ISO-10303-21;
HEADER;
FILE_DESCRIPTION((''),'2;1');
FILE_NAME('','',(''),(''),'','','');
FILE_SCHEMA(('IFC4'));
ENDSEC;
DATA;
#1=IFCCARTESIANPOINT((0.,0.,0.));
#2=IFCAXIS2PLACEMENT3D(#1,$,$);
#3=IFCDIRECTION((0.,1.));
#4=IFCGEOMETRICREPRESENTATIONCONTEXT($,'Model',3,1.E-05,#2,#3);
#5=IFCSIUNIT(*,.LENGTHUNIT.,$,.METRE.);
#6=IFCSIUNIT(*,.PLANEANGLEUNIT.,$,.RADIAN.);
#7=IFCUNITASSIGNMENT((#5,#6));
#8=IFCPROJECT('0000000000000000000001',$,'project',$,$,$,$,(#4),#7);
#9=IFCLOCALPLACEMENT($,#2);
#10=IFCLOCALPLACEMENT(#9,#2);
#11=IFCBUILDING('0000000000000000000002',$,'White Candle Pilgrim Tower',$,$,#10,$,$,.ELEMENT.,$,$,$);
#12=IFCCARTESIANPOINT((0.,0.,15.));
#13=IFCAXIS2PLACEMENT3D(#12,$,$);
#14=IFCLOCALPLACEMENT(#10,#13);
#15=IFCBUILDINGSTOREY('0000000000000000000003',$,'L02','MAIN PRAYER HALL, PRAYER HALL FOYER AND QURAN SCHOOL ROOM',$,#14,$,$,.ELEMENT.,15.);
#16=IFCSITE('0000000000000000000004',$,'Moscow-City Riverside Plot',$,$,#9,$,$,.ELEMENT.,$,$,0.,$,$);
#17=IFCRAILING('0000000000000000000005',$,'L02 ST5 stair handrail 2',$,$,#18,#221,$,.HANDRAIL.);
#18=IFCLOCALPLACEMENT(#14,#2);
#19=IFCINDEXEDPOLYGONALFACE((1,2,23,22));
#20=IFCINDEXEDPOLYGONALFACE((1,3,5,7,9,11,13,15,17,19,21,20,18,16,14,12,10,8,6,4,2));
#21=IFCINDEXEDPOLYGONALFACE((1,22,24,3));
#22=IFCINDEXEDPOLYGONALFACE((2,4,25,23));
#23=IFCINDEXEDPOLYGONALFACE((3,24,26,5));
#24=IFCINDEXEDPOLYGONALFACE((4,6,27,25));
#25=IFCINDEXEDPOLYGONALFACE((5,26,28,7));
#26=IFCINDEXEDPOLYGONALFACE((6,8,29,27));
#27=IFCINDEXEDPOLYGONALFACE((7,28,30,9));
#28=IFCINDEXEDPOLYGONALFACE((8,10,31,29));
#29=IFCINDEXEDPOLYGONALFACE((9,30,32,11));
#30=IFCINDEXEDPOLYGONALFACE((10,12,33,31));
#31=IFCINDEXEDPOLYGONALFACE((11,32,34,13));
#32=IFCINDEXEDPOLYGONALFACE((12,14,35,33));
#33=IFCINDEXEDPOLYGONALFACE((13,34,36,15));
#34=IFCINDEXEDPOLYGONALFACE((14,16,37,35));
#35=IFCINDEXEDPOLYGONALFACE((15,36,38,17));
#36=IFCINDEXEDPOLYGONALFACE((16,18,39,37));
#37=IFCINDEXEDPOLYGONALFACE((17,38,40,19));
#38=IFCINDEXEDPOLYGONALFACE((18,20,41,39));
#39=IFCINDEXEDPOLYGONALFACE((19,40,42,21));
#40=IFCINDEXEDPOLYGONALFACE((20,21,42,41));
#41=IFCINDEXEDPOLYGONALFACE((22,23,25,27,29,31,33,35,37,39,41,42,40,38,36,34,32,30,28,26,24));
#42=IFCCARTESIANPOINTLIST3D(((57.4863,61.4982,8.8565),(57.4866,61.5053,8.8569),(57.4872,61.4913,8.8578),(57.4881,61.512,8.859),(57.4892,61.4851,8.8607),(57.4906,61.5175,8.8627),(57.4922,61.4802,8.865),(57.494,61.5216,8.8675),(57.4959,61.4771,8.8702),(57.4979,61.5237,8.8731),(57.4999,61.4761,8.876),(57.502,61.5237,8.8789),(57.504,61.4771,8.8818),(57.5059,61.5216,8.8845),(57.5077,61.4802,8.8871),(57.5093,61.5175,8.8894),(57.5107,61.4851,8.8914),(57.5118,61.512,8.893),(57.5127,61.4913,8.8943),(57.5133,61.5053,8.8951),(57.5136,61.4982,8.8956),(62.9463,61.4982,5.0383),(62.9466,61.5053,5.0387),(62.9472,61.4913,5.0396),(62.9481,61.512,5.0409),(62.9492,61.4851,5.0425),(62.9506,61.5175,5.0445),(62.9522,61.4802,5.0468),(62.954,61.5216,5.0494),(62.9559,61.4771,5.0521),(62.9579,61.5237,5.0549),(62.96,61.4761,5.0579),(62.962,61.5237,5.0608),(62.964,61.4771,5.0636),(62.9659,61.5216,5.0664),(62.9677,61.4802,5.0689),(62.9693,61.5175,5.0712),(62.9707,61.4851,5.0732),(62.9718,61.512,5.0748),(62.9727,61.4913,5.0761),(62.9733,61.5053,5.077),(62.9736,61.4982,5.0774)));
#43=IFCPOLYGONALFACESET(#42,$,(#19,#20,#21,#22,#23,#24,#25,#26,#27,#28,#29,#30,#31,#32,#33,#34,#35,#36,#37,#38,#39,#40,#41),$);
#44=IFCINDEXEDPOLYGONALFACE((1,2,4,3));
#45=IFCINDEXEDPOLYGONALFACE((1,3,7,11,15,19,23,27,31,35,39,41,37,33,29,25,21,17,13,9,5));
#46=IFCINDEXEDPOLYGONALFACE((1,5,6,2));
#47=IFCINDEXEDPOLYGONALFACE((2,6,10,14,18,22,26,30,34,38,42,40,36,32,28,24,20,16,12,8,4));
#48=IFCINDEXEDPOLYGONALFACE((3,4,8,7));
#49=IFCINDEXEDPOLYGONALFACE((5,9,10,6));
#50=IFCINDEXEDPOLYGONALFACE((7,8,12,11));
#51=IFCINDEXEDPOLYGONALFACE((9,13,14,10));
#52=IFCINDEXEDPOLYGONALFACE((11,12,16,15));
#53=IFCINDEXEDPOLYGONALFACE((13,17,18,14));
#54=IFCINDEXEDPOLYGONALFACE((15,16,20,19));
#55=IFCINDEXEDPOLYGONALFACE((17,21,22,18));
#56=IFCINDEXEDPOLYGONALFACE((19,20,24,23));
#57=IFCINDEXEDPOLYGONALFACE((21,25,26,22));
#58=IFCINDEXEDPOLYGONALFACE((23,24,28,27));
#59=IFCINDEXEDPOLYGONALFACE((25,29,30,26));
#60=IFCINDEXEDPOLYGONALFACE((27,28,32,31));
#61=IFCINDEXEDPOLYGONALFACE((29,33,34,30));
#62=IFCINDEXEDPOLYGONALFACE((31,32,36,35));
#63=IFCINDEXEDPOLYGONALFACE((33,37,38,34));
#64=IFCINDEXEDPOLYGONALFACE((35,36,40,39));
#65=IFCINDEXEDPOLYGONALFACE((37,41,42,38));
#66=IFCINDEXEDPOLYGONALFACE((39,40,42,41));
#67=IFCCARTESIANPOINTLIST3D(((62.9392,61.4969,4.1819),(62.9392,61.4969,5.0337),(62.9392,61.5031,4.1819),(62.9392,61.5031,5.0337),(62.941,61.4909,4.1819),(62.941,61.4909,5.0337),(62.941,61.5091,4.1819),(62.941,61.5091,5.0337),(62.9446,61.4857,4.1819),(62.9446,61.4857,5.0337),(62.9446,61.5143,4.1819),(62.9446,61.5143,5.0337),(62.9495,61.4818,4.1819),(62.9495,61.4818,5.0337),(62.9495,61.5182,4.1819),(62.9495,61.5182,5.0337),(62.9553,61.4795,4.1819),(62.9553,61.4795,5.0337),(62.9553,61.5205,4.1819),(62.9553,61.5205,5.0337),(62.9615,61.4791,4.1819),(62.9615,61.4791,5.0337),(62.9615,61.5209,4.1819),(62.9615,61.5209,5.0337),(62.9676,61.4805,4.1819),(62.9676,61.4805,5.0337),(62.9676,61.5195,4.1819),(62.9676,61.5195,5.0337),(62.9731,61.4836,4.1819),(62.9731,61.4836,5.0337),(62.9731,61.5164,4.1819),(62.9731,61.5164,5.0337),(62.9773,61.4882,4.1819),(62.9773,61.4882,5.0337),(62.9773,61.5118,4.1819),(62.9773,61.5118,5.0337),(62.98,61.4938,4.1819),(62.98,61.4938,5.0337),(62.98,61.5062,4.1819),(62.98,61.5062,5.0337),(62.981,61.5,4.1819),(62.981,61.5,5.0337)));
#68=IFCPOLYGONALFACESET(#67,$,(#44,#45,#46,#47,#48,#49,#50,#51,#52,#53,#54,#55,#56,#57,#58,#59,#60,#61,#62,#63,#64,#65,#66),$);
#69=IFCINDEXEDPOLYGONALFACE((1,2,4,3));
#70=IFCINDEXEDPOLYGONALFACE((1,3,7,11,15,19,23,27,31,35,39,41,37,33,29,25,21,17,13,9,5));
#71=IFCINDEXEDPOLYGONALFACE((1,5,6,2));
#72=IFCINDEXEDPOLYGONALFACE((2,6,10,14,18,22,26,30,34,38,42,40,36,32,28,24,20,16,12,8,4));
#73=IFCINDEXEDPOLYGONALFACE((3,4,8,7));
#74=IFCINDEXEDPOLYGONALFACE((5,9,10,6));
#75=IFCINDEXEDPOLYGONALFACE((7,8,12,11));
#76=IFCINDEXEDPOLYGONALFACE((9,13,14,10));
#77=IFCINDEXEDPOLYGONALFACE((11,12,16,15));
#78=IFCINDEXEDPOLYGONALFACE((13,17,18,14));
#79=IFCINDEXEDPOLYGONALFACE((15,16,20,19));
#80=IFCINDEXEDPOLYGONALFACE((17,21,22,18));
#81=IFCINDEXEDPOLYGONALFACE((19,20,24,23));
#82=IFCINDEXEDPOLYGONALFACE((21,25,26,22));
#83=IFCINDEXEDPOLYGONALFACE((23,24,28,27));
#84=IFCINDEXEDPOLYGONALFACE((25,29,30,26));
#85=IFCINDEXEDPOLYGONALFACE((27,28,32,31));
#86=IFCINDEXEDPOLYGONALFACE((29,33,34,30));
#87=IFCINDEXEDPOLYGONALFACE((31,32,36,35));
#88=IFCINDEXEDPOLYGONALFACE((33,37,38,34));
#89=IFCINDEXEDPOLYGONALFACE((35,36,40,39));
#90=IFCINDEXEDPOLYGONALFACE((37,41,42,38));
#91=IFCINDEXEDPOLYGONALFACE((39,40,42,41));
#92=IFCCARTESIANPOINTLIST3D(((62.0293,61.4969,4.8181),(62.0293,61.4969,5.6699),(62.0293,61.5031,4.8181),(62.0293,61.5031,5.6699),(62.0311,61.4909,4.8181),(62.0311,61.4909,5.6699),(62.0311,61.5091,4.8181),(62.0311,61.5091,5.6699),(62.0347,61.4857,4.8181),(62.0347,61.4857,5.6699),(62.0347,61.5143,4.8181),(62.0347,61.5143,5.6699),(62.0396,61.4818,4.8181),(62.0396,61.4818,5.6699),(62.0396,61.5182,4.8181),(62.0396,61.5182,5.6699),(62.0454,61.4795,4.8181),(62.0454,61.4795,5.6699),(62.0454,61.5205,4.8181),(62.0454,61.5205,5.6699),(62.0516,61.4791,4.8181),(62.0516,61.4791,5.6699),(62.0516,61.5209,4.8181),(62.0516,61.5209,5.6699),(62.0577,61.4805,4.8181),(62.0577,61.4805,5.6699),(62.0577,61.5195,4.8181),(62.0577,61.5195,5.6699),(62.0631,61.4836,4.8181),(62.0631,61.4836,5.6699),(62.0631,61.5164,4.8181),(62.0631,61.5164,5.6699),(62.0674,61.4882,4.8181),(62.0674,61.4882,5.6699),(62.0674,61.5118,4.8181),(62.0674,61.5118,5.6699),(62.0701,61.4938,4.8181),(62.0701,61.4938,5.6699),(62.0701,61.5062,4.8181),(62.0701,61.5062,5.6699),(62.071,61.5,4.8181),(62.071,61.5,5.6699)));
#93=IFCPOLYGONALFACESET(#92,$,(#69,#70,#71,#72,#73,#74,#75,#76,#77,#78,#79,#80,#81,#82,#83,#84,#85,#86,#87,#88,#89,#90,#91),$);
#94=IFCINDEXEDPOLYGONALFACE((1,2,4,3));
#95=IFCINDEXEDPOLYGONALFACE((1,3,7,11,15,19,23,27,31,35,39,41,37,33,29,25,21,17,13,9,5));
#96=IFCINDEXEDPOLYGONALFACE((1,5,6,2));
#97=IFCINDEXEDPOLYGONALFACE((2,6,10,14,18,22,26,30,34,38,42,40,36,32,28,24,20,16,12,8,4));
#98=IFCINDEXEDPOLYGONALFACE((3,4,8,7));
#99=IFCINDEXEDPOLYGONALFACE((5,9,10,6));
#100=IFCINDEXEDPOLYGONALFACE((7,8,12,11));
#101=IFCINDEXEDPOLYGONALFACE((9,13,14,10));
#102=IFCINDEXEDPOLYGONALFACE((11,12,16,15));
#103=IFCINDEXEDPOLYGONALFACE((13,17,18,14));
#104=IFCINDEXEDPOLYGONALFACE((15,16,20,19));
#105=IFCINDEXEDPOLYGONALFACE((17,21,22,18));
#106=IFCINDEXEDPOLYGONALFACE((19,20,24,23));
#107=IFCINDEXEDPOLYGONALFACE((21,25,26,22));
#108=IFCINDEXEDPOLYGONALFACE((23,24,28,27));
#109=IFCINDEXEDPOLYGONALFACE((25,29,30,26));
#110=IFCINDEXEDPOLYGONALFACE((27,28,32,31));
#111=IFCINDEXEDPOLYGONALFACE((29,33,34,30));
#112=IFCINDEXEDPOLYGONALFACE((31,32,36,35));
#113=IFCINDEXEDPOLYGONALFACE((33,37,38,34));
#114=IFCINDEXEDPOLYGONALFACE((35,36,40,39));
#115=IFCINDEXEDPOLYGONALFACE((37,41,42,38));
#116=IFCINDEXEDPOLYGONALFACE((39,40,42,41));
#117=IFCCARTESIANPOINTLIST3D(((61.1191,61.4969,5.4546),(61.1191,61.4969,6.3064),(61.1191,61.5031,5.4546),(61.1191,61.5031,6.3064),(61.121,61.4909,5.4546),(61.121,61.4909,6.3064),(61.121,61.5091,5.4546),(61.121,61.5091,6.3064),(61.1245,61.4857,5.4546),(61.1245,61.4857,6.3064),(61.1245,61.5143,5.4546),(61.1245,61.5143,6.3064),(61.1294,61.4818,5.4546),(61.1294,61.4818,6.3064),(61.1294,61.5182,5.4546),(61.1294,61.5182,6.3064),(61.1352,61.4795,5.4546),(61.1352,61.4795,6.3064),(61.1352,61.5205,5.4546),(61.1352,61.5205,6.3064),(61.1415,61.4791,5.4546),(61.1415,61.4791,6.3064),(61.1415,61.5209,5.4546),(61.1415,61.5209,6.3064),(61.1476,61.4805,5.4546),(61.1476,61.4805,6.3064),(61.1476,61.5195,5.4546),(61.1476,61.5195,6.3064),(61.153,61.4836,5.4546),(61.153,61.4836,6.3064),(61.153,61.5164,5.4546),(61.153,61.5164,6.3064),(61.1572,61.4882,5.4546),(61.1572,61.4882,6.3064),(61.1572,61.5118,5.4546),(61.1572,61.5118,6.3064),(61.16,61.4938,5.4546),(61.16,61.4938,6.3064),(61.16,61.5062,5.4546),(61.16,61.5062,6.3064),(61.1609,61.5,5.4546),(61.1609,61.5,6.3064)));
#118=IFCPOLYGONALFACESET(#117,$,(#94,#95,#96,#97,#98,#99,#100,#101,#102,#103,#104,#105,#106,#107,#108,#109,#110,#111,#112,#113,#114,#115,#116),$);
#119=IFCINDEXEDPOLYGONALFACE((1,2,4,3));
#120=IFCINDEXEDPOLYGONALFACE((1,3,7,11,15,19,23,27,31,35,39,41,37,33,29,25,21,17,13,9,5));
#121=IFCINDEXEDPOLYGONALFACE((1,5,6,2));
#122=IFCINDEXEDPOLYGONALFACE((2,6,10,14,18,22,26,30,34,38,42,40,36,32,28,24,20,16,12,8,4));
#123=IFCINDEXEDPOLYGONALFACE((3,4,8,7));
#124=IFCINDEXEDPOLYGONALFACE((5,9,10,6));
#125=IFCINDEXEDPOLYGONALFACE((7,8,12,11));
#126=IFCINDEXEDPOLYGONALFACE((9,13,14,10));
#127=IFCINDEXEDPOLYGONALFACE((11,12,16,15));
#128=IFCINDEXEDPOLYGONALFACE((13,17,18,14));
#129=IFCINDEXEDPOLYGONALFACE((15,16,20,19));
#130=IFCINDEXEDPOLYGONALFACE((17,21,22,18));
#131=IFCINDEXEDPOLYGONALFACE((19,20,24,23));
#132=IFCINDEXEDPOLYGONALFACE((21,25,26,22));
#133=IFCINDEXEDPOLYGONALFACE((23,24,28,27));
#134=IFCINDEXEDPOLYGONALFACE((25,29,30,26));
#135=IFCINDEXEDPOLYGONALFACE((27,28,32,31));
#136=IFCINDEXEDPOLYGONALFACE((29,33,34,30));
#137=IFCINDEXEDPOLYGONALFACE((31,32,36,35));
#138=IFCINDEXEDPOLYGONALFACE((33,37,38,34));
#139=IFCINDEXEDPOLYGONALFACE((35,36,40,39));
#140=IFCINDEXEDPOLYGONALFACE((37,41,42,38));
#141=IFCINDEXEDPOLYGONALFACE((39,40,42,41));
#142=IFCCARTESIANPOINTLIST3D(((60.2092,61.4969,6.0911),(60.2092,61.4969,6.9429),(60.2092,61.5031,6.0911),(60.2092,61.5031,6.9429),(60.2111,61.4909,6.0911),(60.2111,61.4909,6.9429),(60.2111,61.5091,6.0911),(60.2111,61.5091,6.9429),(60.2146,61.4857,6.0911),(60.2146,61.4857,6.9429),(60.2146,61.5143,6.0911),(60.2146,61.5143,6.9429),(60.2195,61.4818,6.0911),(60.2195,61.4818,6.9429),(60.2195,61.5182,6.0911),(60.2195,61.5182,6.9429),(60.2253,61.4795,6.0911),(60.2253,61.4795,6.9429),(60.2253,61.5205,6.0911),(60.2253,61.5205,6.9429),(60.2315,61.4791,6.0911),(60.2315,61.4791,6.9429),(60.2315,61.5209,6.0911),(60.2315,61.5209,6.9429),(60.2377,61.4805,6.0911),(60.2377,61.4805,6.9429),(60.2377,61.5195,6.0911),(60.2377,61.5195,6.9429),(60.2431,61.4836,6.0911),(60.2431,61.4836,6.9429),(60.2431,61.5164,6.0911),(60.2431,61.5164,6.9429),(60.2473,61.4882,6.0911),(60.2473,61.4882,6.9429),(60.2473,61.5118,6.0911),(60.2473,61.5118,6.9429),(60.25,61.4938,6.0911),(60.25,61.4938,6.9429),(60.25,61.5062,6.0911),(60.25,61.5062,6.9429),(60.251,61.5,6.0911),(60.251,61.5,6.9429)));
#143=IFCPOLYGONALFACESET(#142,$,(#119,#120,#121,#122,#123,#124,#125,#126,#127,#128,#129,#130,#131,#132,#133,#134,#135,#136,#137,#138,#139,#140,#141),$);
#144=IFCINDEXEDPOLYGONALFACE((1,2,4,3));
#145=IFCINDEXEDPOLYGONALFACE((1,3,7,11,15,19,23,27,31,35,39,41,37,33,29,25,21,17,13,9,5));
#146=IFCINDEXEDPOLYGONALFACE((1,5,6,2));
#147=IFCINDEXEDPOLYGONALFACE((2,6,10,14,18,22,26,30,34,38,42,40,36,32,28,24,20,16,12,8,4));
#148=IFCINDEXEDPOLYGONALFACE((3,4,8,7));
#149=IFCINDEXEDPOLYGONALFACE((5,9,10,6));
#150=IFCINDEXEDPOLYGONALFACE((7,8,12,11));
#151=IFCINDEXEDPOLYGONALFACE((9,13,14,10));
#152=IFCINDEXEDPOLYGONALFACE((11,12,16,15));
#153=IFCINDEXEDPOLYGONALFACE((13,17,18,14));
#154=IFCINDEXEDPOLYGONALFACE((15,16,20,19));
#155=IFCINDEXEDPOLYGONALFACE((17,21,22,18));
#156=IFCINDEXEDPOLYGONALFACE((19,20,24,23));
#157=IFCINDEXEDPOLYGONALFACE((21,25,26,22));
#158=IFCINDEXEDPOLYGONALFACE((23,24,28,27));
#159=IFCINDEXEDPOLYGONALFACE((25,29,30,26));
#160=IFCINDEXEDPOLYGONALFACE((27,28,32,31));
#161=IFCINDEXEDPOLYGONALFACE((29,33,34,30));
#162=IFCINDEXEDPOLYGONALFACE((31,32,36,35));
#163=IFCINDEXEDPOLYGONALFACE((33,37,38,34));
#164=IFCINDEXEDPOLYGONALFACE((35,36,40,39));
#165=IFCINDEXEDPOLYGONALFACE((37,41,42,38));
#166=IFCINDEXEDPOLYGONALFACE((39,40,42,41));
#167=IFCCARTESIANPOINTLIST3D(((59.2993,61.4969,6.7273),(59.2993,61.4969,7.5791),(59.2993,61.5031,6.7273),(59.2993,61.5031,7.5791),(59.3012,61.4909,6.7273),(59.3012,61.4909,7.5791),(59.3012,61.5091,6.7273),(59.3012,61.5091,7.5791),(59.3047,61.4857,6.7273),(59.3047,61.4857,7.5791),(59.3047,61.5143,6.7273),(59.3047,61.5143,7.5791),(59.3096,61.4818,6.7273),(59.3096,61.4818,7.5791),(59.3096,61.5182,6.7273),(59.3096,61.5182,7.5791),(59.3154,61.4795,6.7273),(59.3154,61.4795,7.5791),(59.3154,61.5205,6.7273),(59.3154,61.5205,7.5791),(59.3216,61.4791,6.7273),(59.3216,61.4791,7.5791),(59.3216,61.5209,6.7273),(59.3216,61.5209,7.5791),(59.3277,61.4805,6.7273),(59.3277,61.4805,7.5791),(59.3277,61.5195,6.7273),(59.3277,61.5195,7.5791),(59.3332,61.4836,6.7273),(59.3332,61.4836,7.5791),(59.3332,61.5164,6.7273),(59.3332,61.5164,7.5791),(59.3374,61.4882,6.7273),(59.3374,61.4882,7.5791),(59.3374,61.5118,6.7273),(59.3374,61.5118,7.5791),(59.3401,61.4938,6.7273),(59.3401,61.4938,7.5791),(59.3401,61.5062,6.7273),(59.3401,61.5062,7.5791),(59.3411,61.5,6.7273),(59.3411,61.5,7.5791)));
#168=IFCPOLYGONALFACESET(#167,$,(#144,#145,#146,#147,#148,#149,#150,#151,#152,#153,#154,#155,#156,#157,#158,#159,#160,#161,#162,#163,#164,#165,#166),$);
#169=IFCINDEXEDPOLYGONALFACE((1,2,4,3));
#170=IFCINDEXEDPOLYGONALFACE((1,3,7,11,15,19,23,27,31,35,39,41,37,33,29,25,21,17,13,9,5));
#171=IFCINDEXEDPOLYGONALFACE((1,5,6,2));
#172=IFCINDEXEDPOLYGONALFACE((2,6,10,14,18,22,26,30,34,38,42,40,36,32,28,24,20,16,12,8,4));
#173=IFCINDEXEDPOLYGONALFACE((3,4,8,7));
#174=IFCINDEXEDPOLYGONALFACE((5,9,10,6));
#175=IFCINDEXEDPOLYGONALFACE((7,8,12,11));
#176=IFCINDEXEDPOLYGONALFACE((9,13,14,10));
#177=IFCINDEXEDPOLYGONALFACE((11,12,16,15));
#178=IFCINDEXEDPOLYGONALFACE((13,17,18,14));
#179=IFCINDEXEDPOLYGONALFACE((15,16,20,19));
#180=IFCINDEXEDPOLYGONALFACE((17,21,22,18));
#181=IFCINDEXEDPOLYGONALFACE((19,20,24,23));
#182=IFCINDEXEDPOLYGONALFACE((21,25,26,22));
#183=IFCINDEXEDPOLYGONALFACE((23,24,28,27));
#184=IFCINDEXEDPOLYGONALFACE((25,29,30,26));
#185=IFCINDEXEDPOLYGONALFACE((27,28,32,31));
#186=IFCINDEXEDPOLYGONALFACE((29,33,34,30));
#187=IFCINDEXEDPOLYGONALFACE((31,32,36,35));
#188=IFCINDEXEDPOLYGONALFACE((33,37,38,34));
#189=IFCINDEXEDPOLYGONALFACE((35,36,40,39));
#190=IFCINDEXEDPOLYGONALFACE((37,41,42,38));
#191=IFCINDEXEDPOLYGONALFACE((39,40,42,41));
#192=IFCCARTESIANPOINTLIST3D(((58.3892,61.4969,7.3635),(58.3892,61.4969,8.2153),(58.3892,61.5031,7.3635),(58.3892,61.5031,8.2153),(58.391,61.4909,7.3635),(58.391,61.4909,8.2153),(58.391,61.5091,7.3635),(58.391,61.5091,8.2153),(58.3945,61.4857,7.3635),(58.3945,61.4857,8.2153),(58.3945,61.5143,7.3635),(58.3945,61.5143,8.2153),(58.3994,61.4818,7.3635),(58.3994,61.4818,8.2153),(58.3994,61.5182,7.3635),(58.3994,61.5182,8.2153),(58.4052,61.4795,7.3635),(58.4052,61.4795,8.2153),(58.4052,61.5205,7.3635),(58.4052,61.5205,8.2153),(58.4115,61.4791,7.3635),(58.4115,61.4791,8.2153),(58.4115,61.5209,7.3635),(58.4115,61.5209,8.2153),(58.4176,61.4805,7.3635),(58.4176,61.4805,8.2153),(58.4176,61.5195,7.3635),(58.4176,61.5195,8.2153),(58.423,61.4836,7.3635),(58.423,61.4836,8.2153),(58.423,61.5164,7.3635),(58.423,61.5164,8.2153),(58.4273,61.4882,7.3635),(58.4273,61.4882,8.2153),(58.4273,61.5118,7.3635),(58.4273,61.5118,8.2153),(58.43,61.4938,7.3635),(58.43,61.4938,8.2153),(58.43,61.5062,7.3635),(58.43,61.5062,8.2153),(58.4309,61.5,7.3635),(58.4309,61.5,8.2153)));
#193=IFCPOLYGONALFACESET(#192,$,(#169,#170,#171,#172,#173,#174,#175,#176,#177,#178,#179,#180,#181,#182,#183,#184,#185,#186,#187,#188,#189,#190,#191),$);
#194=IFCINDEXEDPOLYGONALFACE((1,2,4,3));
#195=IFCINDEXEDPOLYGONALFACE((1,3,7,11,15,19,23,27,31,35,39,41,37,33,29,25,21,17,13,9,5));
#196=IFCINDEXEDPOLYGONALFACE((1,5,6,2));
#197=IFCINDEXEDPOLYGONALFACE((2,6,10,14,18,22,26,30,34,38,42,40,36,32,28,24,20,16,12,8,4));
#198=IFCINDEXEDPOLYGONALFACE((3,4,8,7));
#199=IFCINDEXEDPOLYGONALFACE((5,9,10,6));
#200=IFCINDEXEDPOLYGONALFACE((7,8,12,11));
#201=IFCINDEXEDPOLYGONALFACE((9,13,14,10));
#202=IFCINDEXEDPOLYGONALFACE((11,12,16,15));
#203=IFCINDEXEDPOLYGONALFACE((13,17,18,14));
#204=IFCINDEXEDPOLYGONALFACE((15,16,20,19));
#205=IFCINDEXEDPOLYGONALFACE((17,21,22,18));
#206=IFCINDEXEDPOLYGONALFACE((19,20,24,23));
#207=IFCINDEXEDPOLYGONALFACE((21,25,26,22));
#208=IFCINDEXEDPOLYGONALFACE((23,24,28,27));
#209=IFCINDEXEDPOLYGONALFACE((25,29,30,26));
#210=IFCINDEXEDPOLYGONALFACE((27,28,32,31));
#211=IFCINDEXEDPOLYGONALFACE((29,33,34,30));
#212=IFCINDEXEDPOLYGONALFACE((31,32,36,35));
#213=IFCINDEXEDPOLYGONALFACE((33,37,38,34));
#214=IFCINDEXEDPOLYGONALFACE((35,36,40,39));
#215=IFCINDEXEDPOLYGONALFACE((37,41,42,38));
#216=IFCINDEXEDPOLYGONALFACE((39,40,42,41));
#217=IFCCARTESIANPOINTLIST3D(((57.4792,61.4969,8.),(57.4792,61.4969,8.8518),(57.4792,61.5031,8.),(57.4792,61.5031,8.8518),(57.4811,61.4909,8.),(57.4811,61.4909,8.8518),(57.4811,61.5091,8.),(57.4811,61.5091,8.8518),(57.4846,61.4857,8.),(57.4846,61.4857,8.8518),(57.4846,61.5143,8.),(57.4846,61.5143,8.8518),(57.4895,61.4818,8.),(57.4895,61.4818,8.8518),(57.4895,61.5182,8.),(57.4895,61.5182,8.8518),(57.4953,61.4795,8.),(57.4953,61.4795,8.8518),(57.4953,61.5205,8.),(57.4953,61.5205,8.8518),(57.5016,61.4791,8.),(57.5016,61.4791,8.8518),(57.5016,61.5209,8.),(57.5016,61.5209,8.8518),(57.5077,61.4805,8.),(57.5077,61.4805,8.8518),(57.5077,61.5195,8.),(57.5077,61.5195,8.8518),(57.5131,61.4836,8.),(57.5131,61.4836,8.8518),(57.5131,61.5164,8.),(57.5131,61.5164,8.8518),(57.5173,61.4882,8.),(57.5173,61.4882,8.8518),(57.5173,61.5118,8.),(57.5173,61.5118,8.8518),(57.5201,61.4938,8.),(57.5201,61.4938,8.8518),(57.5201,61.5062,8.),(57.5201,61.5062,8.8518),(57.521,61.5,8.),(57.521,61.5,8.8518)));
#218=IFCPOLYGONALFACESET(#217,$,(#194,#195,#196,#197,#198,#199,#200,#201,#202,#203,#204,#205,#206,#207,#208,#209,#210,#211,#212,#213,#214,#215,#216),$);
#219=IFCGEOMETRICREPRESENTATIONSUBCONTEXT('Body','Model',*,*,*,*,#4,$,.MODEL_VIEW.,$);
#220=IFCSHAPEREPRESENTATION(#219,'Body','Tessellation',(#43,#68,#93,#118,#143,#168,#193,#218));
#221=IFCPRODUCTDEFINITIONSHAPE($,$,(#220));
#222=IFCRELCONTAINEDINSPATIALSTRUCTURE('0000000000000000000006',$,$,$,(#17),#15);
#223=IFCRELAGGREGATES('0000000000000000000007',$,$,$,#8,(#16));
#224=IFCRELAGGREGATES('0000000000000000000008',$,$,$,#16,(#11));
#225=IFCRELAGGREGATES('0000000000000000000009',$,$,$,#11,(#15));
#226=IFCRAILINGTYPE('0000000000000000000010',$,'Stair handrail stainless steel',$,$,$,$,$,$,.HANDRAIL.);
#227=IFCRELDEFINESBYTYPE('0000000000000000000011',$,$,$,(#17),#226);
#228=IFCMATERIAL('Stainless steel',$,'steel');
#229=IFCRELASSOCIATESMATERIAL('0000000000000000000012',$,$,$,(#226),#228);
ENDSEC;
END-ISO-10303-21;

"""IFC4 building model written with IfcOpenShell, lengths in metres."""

from ifc_helpers import new_model, si_unit, direction, frame, origin, origin_2d, place, context, subcontext, project, spatial, circle, extrude, material, type_object, element, save


model = new_model("IFC4")

# Units and contexts
model_context = context("Model", 3, precision=1e-05, world=origin(), true_north=direction((0.0, 1.0)))
body_context = subcontext(model_context, "Body", "Model", "MODEL_VIEW")
ifc_project = project(units=[si_unit("LENGTHUNIT", "METRE"), si_unit("PLANEANGLEUNIT", "RADIAN")], contexts=[model_context])

# Site, building, storey
site_placement = place(None, origin())
site = spatial("IfcSite", under=ifc_project, at=site_placement, Name="Moscow-City Riverside Plot", CompositionType="ELEMENT", RefElevation=0.0)
building_placement = place(site_placement, origin())
building = spatial("IfcBuilding", under=site, at=building_placement, Name="White Candle Pilgrim Tower", CompositionType="ELEMENT")
storey_placement = place(building_placement, frame((0.0, 0.0, 15.0)))
storey = spatial("IfcBuildingStorey", under=building, at=storey_placement, Name="L02", Description="MAIN PRAYER HALL, PRAYER HALL FOYER AND QURAN SCHOOL ROOM", CompositionType="ELEMENT", Elevation=15.0)

# Shared definitions
ifc_material_1 = material(Name="Stainless steel", Category="steel")

# Railing
railing_type_1 = type_object("IfcRailingType", Name="Stair handrail stainless steel", PredefinedType="HANDRAIL", material=ifc_material_1)
railing_1_placement = place(storey_placement, frame((62.96, 61.5, 4.1819)))
element("IfcRailing", 1, at=railing_1_placement, inside=storey, type_object=railing_type_1, Name="L02 ST5 stair handrail 2", PredefinedType="HANDRAIL", context=body_context, shape_type="SweptSolid", body=[
    extrude(circle(Radius=0.0239, at=origin_2d()), frame((0.0, 0.0, 0.876), z_axis=(-0.819504, 0.0, 0.573074), x_axis=(0.0, -1.0, 0.0)), (0.0, 0.0, 1.0), 6.6626),
    extrude(circle(Radius=0.021, at=origin_2d()), origin(), (0.0, 0.0, 1.0), 0.8518),
    extrude(circle(Radius=0.021, at=origin_2d()), frame((-0.9099, 0.0, 0.6362)), (0.0, 0.0, 1.0), 0.8518),
    extrude(circle(Radius=0.021, at=origin_2d()), frame((-1.8201, 0.0, 1.2727)), (0.0, 0.0, 1.0), 0.8518),
    extrude(circle(Radius=0.021, at=origin_2d()), frame((-2.73, 0.0, 1.9092)), (0.0, 0.0, 1.0), 0.8518),
    extrude(circle(Radius=0.021, at=origin_2d()), frame((-3.6399, 0.0, 2.5454)), (0.0, 0.0, 1.0), 0.8518),
    extrude(circle(Radius=0.021, at=origin_2d()), frame((-4.55, 0.0, 3.1816)), (0.0, 0.0, 1.0), 0.8518),
    extrude(circle(Radius=0.021, at=origin_2d()), frame((-5.46, 0.0, 3.8181)), (0.0, 0.0, 1.0), 0.8518),
])

save(model, "model.ifc")
